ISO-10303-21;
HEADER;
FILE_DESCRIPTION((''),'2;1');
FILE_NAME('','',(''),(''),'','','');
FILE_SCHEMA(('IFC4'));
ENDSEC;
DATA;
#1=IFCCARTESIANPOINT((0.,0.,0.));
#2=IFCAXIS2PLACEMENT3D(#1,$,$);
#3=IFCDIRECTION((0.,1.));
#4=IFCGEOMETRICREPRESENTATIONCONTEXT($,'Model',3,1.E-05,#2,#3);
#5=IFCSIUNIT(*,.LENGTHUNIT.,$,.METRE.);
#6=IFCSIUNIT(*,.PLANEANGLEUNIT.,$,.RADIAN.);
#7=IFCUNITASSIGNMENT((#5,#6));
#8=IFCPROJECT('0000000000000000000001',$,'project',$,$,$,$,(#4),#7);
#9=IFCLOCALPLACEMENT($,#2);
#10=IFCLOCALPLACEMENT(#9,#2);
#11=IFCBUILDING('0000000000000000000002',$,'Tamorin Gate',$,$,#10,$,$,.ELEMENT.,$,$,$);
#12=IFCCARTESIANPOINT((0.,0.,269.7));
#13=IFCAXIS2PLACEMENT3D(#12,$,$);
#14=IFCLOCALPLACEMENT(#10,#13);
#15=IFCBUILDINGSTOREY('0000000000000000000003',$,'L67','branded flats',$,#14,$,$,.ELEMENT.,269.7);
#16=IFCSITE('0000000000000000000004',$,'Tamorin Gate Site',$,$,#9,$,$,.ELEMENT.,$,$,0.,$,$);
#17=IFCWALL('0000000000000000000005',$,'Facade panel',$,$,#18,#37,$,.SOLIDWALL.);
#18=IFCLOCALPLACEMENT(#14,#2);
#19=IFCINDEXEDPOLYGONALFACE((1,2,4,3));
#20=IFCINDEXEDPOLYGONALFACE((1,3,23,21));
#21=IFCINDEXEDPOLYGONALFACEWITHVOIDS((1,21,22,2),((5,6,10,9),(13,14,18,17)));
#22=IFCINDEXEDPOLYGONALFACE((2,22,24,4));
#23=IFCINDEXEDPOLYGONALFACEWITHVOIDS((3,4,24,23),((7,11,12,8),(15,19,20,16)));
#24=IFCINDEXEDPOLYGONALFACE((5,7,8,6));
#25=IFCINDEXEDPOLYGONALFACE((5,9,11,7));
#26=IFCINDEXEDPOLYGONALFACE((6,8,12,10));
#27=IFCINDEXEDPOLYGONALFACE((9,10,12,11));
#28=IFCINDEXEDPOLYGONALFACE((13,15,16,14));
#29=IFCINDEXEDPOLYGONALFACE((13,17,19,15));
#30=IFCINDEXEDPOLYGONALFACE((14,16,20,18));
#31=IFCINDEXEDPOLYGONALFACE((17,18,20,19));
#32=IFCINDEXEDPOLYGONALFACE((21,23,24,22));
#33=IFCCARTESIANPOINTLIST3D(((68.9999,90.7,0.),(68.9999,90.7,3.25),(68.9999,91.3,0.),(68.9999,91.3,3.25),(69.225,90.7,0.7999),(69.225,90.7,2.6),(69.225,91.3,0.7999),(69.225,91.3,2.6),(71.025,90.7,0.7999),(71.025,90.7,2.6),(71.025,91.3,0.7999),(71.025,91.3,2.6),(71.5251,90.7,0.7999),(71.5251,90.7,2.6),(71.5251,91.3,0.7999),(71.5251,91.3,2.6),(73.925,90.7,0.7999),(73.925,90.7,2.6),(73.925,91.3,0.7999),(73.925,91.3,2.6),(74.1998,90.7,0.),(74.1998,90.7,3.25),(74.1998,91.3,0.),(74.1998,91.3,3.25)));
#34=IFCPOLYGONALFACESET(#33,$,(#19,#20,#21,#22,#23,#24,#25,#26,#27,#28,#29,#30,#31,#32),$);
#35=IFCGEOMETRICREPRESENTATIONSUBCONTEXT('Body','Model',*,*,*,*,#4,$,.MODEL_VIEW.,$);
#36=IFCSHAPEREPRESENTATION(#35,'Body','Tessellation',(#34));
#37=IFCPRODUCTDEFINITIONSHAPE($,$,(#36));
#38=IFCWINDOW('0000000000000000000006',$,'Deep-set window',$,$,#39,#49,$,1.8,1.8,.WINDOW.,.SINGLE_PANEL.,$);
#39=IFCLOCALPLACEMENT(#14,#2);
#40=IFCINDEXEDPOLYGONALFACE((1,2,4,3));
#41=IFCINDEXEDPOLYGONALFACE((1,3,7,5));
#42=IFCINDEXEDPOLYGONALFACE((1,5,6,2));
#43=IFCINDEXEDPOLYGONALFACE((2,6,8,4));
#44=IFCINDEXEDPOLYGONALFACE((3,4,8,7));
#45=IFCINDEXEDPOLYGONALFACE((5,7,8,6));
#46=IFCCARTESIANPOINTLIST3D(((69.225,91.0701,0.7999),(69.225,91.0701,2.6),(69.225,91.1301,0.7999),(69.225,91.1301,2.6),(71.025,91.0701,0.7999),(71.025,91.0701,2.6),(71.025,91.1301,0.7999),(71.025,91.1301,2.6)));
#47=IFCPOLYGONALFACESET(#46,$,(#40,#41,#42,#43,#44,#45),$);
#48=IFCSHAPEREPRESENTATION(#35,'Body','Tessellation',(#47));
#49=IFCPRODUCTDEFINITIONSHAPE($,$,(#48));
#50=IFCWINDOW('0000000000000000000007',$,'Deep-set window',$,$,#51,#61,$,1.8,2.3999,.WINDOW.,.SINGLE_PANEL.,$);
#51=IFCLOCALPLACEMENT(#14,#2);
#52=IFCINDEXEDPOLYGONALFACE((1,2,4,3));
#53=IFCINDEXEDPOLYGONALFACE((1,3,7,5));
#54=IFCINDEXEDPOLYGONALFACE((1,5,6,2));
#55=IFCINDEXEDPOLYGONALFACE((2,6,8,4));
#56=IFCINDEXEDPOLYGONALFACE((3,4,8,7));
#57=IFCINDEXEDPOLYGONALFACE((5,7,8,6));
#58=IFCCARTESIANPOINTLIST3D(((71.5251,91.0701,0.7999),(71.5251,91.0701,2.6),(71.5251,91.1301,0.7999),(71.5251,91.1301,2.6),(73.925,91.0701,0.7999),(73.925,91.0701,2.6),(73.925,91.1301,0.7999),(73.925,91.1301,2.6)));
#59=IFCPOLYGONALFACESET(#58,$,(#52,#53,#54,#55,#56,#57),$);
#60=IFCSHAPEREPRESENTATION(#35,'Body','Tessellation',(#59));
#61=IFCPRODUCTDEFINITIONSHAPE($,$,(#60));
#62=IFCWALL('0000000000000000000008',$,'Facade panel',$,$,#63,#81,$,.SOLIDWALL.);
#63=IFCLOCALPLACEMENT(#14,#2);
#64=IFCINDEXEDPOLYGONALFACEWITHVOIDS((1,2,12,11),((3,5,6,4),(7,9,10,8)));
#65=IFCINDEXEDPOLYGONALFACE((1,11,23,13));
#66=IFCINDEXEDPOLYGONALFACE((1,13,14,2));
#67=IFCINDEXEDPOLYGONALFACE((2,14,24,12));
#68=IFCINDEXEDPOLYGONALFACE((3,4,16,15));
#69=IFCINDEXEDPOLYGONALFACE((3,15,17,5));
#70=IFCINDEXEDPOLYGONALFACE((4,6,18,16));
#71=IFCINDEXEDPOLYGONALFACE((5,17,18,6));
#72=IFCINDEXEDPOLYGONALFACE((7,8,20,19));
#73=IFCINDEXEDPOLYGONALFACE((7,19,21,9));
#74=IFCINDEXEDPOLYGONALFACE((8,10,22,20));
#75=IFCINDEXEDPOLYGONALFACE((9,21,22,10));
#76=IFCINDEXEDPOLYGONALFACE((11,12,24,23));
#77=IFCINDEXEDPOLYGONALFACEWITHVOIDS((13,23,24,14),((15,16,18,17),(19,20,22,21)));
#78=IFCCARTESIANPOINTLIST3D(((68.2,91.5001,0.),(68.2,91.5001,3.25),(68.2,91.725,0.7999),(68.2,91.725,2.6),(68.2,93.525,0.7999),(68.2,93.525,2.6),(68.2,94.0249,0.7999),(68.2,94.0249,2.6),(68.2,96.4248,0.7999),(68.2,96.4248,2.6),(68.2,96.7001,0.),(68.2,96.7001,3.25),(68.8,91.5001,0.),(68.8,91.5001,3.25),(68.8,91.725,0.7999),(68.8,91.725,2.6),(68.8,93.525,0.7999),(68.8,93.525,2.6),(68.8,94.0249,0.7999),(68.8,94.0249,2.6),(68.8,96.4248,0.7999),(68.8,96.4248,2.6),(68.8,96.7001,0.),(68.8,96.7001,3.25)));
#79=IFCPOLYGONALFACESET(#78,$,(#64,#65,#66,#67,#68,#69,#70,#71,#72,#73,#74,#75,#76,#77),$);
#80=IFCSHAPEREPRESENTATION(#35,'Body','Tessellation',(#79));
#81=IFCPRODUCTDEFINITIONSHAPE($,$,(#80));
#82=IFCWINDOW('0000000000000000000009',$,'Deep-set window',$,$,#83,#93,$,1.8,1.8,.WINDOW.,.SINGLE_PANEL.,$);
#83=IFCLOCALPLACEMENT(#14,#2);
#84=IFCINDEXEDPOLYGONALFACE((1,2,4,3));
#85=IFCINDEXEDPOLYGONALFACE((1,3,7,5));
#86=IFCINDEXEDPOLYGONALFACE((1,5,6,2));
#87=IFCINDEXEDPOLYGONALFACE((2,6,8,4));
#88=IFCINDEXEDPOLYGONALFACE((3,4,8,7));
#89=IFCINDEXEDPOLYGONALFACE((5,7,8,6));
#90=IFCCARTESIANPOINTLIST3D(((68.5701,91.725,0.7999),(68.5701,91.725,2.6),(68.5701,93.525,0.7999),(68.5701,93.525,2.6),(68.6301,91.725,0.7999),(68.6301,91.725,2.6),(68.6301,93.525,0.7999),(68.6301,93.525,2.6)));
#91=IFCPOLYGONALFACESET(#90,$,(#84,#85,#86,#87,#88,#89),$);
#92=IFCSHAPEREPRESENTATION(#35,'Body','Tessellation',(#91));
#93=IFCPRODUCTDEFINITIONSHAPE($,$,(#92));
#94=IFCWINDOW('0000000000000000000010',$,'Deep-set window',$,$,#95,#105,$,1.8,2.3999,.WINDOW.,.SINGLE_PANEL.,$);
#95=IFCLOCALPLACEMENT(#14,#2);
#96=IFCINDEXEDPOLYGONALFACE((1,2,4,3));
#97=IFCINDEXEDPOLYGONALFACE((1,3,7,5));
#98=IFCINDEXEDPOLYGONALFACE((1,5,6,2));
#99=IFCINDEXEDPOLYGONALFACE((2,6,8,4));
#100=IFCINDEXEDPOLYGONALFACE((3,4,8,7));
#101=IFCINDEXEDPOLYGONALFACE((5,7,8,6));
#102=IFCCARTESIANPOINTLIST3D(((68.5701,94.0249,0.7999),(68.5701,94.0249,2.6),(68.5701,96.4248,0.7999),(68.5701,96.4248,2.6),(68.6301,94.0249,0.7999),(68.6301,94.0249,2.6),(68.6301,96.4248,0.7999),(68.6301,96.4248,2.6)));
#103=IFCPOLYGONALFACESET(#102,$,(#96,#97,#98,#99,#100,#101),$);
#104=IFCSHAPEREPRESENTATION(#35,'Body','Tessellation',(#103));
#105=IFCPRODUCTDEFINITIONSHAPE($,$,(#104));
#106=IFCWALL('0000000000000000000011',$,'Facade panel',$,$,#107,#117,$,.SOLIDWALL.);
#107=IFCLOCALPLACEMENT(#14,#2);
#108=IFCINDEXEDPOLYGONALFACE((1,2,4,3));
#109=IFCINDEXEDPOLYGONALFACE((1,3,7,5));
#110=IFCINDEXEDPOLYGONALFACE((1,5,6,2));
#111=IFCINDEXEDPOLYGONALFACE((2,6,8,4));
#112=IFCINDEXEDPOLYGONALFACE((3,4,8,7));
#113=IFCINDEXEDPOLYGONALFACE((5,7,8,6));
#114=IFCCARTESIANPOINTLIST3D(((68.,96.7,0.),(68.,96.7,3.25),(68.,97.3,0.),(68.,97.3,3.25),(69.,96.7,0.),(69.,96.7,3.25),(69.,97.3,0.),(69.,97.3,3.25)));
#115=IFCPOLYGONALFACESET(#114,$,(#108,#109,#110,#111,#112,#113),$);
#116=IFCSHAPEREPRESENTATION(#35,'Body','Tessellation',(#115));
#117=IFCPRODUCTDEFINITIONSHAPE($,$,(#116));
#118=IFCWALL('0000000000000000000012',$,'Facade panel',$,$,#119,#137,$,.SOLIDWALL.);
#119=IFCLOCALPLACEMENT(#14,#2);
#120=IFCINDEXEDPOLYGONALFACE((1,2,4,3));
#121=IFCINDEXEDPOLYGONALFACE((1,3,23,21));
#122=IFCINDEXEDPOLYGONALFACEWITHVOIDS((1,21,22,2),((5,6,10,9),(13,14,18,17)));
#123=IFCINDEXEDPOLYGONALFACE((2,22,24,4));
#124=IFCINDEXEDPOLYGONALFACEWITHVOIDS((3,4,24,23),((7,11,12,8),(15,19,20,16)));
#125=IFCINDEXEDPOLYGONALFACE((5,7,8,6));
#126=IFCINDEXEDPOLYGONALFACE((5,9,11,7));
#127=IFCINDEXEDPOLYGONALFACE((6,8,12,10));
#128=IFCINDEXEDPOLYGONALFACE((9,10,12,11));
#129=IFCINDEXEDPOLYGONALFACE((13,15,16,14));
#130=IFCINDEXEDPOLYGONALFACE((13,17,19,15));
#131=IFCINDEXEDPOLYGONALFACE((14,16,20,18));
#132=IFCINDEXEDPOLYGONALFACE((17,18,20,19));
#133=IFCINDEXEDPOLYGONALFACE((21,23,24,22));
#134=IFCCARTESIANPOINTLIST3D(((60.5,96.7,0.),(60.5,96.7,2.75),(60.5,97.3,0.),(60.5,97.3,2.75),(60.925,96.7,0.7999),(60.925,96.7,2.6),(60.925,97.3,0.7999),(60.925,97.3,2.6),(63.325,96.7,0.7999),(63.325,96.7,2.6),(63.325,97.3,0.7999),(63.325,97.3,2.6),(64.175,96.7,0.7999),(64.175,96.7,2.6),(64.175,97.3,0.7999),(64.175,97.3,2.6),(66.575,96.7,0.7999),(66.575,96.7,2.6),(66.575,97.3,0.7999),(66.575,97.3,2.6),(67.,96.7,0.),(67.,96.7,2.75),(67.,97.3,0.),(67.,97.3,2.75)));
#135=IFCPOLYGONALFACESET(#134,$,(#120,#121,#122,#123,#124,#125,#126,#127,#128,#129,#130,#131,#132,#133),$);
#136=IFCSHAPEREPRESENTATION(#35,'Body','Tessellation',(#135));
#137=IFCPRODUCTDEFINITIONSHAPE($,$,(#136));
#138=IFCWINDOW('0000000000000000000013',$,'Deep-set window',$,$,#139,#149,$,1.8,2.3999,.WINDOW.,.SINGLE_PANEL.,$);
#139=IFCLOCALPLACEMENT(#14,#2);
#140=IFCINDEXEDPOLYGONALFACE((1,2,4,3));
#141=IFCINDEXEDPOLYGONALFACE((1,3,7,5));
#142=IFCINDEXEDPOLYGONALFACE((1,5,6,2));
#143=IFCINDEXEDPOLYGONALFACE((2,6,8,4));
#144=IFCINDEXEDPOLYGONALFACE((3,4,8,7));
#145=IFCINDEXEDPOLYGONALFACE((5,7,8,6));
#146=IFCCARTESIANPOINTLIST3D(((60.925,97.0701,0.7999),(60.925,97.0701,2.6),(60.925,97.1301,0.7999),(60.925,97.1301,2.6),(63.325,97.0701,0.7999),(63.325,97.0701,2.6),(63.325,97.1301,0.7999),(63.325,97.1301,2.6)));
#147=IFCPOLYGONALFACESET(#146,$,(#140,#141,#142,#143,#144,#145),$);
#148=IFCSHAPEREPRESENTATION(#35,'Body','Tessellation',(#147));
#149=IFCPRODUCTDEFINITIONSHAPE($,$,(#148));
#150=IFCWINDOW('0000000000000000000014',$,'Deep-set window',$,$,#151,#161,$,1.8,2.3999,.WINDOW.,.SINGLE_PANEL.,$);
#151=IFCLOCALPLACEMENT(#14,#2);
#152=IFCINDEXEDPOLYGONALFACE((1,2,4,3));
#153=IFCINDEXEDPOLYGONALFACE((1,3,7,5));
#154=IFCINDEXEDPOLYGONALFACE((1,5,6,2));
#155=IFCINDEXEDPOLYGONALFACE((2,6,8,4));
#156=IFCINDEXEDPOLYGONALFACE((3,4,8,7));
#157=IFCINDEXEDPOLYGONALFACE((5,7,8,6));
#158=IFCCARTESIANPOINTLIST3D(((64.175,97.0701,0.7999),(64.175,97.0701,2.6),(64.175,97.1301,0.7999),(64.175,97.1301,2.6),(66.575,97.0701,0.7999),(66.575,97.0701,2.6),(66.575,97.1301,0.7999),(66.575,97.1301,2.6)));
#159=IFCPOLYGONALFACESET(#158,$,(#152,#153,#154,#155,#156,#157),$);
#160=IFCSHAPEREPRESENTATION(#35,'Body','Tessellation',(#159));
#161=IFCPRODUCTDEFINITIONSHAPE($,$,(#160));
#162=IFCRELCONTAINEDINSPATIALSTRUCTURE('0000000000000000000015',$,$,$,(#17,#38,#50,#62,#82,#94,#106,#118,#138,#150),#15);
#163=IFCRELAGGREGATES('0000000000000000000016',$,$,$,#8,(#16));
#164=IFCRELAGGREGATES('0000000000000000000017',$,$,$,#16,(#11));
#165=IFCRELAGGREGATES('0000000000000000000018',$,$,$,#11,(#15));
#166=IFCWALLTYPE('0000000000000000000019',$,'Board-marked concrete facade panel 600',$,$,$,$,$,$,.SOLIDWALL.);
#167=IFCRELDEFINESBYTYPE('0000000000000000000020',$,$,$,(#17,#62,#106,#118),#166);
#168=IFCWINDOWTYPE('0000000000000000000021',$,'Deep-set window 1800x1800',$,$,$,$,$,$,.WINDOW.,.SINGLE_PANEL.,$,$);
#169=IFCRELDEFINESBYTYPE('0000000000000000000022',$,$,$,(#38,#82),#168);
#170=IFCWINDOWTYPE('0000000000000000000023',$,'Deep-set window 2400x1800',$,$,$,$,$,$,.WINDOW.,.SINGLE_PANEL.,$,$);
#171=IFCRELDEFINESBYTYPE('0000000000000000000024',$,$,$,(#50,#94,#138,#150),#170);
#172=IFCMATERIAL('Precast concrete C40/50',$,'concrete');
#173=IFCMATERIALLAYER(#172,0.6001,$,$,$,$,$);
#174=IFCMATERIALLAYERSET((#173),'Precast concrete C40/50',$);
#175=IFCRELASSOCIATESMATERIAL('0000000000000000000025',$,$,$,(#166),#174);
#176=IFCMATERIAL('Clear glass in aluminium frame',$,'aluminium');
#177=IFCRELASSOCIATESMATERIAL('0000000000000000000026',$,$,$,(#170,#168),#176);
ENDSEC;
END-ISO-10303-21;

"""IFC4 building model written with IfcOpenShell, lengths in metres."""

from ifc_helpers import new_model, si_unit, direction, frame, frame_2d, origin, place, context, subcontext, project, spatial, rectangle, extrude, material, layer, layer_set, type_object, element, fill, save


model = new_model("IFC4")

# Units and contexts
model_context = context("Model", 3, precision=1e-05, world=origin(), true_north=direction((0.0, 1.0)))
body_context = subcontext(model_context, "Body", "Model", "MODEL_VIEW")
ifc_project = project(units=[si_unit("LENGTHUNIT", "METRE"), si_unit("PLANEANGLEUNIT", "RADIAN")], contexts=[model_context])

# Site, building, storey
site_placement = place(None, origin())
site = spatial("IfcSite", under=ifc_project, at=site_placement, Name="Tamorin Gate Site", CompositionType="ELEMENT", RefElevation=0.0)
building_placement = place(site_placement, origin())
building = spatial("IfcBuilding", under=site, at=building_placement, Name="Tamorin Gate", CompositionType="ELEMENT")
storey_placement = place(building_placement, frame((0.0, 0.0, 269.7)))
storey = spatial("IfcBuildingStorey", under=building, at=storey_placement, Name="L67", Description="branded flats", CompositionType="ELEMENT", Elevation=269.7)

# Shared definitions
ifc_material_1 = material(Name="Precast concrete C40/50", Category="concrete")
ifc_layer = layer(ifc_material_1, 0.6001)
ifc_layer_set = layer_set([ifc_layer], Name="Precast concrete C40/50")
wall_type = type_object("IfcWallType", Name="Board-marked concrete facade panel 600", PredefinedType="SOLIDWALL", material=ifc_layer_set)
ifc_material_2 = material(Name="Clear glass in aluminium frame", Category="aluminium")
window_type_1 = type_object("IfcWindowType", Name="Deep-set window 2400x1800", PartitioningType="SINGLE_PANEL", PredefinedType="WINDOW", material=ifc_material_2)

# Walls, openings, windows
wall_1_placement = place(storey_placement, frame((74.2, 91.0, 0.0), z_axis=(0.0, 0.0, 1.0), x_axis=(-1.0, 0.0, 0.0)))
wall_1 = element("IfcWall", 1, at=wall_1_placement, inside=storey, type_object=wall_type, Name="Facade panel", PredefinedType="SOLIDWALL", context=body_context, shape_type="SweptSolid", body=[
    extrude(rectangle(XDim=5.2, YDim=0.6001, at=frame_2d((2.6001, 0.0))), origin(), (0.0, 0.0, 1.0), 3.25),
])
opening_1_placement = place(wall_1_placement, frame((3.175, 0.0, 0.8)))
opening_1 = element("IfcOpeningElement", 2, at=opening_1_placement, cuts=wall_1, PredefinedType="OPENING", context=body_context, shape_type="SweptSolid", body=[
    extrude(rectangle(XDim=1.8, YDim=1.8, at=frame_2d((0.8999, 0.8999))), frame((0.0, 0.3101, 0.0), z_axis=(0.0, -1.0, 0.0), x_axis=(1.0, 0.0, 0.0)), (0.0, 0.0, 1.0), 0.6201),
])
opening_2_placement = place(wall_1_placement, frame((0.2749, 0.0, 0.8)))
opening_2 = element("IfcOpeningElement", 3, at=opening_2_placement, cuts=wall_1, PredefinedType="OPENING", context=body_context, shape_type="SweptSolid", body=[
    extrude(rectangle(XDim=2.3999, YDim=1.8, at=frame_2d((1.2, 0.8999))), frame((0.0, 0.3101, 0.0), z_axis=(0.0, -1.0, 0.0), x_axis=(1.0, 0.0, 0.0)), (0.0, 0.0, 1.0), 0.6201),
])
window_type_2 = type_object("IfcWindowType", Name="Deep-set window 1800x1800", PartitioningType="SINGLE_PANEL", PredefinedType="WINDOW", material=ifc_material_2)
window_1_placement = place(opening_1_placement, origin())
window_1 = element("IfcWindow", 4, at=window_1_placement, inside=storey, type_object=window_type_2, Name="Deep-set window", OverallHeight=1.8, OverallWidth=1.8, PartitioningType="SINGLE_PANEL", PredefinedType="WINDOW", context=body_context, shape_type="SweptSolid", body=[
    extrude(rectangle(XDim=1.8, YDim=1.8, at=frame_2d((0.8999, 0.8999))), frame((0.0, -0.0701, 0.0), z_axis=(0.0, -1.0, 0.0), x_axis=(1.0, 0.0, 0.0)), (0.0, 0.0, 1.0), 0.0601),
])
fill(opening_1, window_1)
window_2_placement = place(opening_2_placement, origin())
window_2 = element("IfcWindow", 5, at=window_2_placement, inside=storey, type_object=window_type_1, Name="Deep-set window", OverallHeight=1.8, OverallWidth=2.3999, PartitioningType="SINGLE_PANEL", PredefinedType="WINDOW", context=body_context, shape_type="SweptSolid", body=[
    extrude(rectangle(XDim=2.3999, YDim=1.8, at=frame_2d((1.2, 0.8999))), frame((0.0, -0.0701, 0.0), z_axis=(0.0, -1.0, 0.0), x_axis=(1.0, 0.0, 0.0)), (0.0, 0.0, 1.0), 0.0601),
])
fill(opening_2, window_2)
wall_2_placement = place(storey_placement, frame((68.5, 91.5, 0.0), z_axis=(0.0, 0.0, 1.0), x_axis=(0.0, 1.0, 0.0)))
wall_2 = element("IfcWall", 6, at=wall_2_placement, inside=storey, type_object=wall_type, Name="Facade panel", PredefinedType="SOLIDWALL", context=body_context, shape_type="SweptSolid", body=[
    extrude(rectangle(XDim=5.2, YDim=0.6001, at=frame_2d((2.6001, 0.0))), origin(), (0.0, 0.0, 1.0), 3.25),
])
opening_3_placement = place(wall_2_placement, frame((0.2251, 0.0, 0.8)))
opening_3 = element("IfcOpeningElement", 7, at=opening_3_placement, cuts=wall_2, PredefinedType="OPENING", context=body_context, shape_type="SweptSolid", body=[
    extrude(rectangle(XDim=1.8, YDim=1.8, at=frame_2d((0.8999, 0.8999))), frame((0.0, 0.3101, 0.0), z_axis=(0.0, -1.0, 0.0), x_axis=(1.0, 0.0, 0.0)), (0.0, 0.0, 1.0), 0.6201),
])
opening_4_placement = place(wall_2_placement, frame((2.5249, 0.0, 0.8)))
opening_4 = element("IfcOpeningElement", 8, at=opening_4_placement, cuts=wall_2, PredefinedType="OPENING", context=body_context, shape_type="SweptSolid", body=[
    extrude(rectangle(XDim=2.3999, YDim=1.8, at=frame_2d((1.2, 0.8999))), frame((0.0, 0.3101, 0.0), z_axis=(0.0, -1.0, 0.0), x_axis=(1.0, 0.0, 0.0)), (0.0, 0.0, 1.0), 0.6201),
])
window_3_placement = place(opening_3_placement, origin())
window_3 = element("IfcWindow", 9, at=window_3_placement, inside=storey, type_object=window_type_2, Name="Deep-set window", OverallHeight=1.8, OverallWidth=1.8, PartitioningType="SINGLE_PANEL", PredefinedType="WINDOW", context=body_context, shape_type="SweptSolid", body=[
    extrude(rectangle(XDim=1.8, YDim=1.8, at=frame_2d((0.8999, 0.8999))), frame((0.0, -0.0701, 0.0), z_axis=(0.0, -1.0, 0.0), x_axis=(1.0, 0.0, 0.0)), (0.0, 0.0, 1.0), 0.0601),
])
fill(opening_3, window_3)
window_4_placement = place(opening_4_placement, origin())
window_4 = element("IfcWindow", 10, at=window_4_placement, inside=storey, type_object=window_type_1, Name="Deep-set window", OverallHeight=1.8, OverallWidth=2.3999, PartitioningType="SINGLE_PANEL", PredefinedType="WINDOW", context=body_context, shape_type="SweptSolid", body=[
    extrude(rectangle(XDim=2.3999, YDim=1.8, at=frame_2d((1.2, 0.8999))), frame((0.0, -0.0701, 0.0), z_axis=(0.0, -1.0, 0.0), x_axis=(1.0, 0.0, 0.0)), (0.0, 0.0, 1.0), 0.0601),
])
fill(opening_4, window_4)

# Wall
wall_3_placement = place(storey_placement, frame((69.0, 97.0, 0.0), z_axis=(0.0, 0.0, 1.0), x_axis=(-1.0, 0.0, 0.0)))
element("IfcWall", 11, at=wall_3_placement, inside=storey, type_object=wall_type, Name="Facade panel", PredefinedType="SOLIDWALL", context=body_context, shape_type="SweptSolid", body=[
    extrude(rectangle(XDim=1.0, YDim=0.6001, at=frame_2d((0.5, 0.0))), origin(), (0.0, 0.0, 1.0), 3.25),
])

# Wall, openings, windows
wall_4_placement = place(storey_placement, frame((67.0, 97.0, 0.0), z_axis=(0.0, 0.0, 1.0), x_axis=(-1.0, 0.0, 0.0)))
wall_4 = element("IfcWall", 12, at=wall_4_placement, inside=storey, type_object=wall_type, Name="Facade panel", PredefinedType="SOLIDWALL", context=body_context, shape_type="SweptSolid", body=[
    extrude(rectangle(XDim=6.5, YDim=0.6001, at=frame_2d((3.25, 0.0))), origin(), (0.0, 0.0, 1.0), 2.75),
])
opening_5_placement = place(wall_4_placement, frame((3.675, 0.0, 0.8)))
opening_5 = element("IfcOpeningElement", 13, at=opening_5_placement, cuts=wall_4, PredefinedType="OPENING", context=body_context, shape_type="SweptSolid", body=[
    extrude(rectangle(XDim=2.3999, YDim=1.8, at=frame_2d((1.2, 0.8999))), frame((0.0, 0.3101, 0.0), z_axis=(0.0, -1.0, 0.0), x_axis=(1.0, 0.0, 0.0)), (0.0, 0.0, 1.0), 0.6201),
])
opening_6_placement = place(wall_4_placement, frame((0.425, 0.0, 0.8)))
opening_6 = element("IfcOpeningElement", 14, at=opening_6_placement, cuts=wall_4, PredefinedType="OPENING", context=body_context, shape_type="SweptSolid", body=[
    extrude(rectangle(XDim=2.3999, YDim=1.8, at=frame_2d((1.2, 0.8999))), frame((0.0, 0.3101, 0.0), z_axis=(0.0, -1.0, 0.0), x_axis=(1.0, 0.0, 0.0)), (0.0, 0.0, 1.0), 0.6201),
])
window_5_placement = place(opening_5_placement, origin())
window_5 = element("IfcWindow", 15, at=window_5_placement, inside=storey, type_object=window_type_1, Name="Deep-set window", OverallHeight=1.8, OverallWidth=2.3999, PartitioningType="SINGLE_PANEL", PredefinedType="WINDOW", context=body_context, shape_type="SweptSolid", body=[
    extrude(rectangle(XDim=2.3999, YDim=1.8, at=frame_2d((1.2, 0.8999))), frame((0.0, -0.0701, 0.0), z_axis=(0.0, -1.0, 0.0), x_axis=(1.0, 0.0, 0.0)), (0.0, 0.0, 1.0), 0.0601),
])
fill(opening_5, window_5)
window_6_placement = place(opening_6_placement, origin())
window_6 = element("IfcWindow", 16, at=window_6_placement, inside=storey, type_object=window_type_1, Name="Deep-set window", OverallHeight=1.8, OverallWidth=2.3999, PartitioningType="SINGLE_PANEL", PredefinedType="WINDOW", context=body_context, shape_type="SweptSolid", body=[
    extrude(rectangle(XDim=2.3999, YDim=1.8, at=frame_2d((1.2, 0.8999))), frame((0.0, -0.0701, 0.0), z_axis=(0.0, -1.0, 0.0), x_axis=(1.0, 0.0, 0.0)), (0.0, 0.0, 1.0), 0.0601),
])
fill(opening_6, window_6)

save(model, "model.ifc")
